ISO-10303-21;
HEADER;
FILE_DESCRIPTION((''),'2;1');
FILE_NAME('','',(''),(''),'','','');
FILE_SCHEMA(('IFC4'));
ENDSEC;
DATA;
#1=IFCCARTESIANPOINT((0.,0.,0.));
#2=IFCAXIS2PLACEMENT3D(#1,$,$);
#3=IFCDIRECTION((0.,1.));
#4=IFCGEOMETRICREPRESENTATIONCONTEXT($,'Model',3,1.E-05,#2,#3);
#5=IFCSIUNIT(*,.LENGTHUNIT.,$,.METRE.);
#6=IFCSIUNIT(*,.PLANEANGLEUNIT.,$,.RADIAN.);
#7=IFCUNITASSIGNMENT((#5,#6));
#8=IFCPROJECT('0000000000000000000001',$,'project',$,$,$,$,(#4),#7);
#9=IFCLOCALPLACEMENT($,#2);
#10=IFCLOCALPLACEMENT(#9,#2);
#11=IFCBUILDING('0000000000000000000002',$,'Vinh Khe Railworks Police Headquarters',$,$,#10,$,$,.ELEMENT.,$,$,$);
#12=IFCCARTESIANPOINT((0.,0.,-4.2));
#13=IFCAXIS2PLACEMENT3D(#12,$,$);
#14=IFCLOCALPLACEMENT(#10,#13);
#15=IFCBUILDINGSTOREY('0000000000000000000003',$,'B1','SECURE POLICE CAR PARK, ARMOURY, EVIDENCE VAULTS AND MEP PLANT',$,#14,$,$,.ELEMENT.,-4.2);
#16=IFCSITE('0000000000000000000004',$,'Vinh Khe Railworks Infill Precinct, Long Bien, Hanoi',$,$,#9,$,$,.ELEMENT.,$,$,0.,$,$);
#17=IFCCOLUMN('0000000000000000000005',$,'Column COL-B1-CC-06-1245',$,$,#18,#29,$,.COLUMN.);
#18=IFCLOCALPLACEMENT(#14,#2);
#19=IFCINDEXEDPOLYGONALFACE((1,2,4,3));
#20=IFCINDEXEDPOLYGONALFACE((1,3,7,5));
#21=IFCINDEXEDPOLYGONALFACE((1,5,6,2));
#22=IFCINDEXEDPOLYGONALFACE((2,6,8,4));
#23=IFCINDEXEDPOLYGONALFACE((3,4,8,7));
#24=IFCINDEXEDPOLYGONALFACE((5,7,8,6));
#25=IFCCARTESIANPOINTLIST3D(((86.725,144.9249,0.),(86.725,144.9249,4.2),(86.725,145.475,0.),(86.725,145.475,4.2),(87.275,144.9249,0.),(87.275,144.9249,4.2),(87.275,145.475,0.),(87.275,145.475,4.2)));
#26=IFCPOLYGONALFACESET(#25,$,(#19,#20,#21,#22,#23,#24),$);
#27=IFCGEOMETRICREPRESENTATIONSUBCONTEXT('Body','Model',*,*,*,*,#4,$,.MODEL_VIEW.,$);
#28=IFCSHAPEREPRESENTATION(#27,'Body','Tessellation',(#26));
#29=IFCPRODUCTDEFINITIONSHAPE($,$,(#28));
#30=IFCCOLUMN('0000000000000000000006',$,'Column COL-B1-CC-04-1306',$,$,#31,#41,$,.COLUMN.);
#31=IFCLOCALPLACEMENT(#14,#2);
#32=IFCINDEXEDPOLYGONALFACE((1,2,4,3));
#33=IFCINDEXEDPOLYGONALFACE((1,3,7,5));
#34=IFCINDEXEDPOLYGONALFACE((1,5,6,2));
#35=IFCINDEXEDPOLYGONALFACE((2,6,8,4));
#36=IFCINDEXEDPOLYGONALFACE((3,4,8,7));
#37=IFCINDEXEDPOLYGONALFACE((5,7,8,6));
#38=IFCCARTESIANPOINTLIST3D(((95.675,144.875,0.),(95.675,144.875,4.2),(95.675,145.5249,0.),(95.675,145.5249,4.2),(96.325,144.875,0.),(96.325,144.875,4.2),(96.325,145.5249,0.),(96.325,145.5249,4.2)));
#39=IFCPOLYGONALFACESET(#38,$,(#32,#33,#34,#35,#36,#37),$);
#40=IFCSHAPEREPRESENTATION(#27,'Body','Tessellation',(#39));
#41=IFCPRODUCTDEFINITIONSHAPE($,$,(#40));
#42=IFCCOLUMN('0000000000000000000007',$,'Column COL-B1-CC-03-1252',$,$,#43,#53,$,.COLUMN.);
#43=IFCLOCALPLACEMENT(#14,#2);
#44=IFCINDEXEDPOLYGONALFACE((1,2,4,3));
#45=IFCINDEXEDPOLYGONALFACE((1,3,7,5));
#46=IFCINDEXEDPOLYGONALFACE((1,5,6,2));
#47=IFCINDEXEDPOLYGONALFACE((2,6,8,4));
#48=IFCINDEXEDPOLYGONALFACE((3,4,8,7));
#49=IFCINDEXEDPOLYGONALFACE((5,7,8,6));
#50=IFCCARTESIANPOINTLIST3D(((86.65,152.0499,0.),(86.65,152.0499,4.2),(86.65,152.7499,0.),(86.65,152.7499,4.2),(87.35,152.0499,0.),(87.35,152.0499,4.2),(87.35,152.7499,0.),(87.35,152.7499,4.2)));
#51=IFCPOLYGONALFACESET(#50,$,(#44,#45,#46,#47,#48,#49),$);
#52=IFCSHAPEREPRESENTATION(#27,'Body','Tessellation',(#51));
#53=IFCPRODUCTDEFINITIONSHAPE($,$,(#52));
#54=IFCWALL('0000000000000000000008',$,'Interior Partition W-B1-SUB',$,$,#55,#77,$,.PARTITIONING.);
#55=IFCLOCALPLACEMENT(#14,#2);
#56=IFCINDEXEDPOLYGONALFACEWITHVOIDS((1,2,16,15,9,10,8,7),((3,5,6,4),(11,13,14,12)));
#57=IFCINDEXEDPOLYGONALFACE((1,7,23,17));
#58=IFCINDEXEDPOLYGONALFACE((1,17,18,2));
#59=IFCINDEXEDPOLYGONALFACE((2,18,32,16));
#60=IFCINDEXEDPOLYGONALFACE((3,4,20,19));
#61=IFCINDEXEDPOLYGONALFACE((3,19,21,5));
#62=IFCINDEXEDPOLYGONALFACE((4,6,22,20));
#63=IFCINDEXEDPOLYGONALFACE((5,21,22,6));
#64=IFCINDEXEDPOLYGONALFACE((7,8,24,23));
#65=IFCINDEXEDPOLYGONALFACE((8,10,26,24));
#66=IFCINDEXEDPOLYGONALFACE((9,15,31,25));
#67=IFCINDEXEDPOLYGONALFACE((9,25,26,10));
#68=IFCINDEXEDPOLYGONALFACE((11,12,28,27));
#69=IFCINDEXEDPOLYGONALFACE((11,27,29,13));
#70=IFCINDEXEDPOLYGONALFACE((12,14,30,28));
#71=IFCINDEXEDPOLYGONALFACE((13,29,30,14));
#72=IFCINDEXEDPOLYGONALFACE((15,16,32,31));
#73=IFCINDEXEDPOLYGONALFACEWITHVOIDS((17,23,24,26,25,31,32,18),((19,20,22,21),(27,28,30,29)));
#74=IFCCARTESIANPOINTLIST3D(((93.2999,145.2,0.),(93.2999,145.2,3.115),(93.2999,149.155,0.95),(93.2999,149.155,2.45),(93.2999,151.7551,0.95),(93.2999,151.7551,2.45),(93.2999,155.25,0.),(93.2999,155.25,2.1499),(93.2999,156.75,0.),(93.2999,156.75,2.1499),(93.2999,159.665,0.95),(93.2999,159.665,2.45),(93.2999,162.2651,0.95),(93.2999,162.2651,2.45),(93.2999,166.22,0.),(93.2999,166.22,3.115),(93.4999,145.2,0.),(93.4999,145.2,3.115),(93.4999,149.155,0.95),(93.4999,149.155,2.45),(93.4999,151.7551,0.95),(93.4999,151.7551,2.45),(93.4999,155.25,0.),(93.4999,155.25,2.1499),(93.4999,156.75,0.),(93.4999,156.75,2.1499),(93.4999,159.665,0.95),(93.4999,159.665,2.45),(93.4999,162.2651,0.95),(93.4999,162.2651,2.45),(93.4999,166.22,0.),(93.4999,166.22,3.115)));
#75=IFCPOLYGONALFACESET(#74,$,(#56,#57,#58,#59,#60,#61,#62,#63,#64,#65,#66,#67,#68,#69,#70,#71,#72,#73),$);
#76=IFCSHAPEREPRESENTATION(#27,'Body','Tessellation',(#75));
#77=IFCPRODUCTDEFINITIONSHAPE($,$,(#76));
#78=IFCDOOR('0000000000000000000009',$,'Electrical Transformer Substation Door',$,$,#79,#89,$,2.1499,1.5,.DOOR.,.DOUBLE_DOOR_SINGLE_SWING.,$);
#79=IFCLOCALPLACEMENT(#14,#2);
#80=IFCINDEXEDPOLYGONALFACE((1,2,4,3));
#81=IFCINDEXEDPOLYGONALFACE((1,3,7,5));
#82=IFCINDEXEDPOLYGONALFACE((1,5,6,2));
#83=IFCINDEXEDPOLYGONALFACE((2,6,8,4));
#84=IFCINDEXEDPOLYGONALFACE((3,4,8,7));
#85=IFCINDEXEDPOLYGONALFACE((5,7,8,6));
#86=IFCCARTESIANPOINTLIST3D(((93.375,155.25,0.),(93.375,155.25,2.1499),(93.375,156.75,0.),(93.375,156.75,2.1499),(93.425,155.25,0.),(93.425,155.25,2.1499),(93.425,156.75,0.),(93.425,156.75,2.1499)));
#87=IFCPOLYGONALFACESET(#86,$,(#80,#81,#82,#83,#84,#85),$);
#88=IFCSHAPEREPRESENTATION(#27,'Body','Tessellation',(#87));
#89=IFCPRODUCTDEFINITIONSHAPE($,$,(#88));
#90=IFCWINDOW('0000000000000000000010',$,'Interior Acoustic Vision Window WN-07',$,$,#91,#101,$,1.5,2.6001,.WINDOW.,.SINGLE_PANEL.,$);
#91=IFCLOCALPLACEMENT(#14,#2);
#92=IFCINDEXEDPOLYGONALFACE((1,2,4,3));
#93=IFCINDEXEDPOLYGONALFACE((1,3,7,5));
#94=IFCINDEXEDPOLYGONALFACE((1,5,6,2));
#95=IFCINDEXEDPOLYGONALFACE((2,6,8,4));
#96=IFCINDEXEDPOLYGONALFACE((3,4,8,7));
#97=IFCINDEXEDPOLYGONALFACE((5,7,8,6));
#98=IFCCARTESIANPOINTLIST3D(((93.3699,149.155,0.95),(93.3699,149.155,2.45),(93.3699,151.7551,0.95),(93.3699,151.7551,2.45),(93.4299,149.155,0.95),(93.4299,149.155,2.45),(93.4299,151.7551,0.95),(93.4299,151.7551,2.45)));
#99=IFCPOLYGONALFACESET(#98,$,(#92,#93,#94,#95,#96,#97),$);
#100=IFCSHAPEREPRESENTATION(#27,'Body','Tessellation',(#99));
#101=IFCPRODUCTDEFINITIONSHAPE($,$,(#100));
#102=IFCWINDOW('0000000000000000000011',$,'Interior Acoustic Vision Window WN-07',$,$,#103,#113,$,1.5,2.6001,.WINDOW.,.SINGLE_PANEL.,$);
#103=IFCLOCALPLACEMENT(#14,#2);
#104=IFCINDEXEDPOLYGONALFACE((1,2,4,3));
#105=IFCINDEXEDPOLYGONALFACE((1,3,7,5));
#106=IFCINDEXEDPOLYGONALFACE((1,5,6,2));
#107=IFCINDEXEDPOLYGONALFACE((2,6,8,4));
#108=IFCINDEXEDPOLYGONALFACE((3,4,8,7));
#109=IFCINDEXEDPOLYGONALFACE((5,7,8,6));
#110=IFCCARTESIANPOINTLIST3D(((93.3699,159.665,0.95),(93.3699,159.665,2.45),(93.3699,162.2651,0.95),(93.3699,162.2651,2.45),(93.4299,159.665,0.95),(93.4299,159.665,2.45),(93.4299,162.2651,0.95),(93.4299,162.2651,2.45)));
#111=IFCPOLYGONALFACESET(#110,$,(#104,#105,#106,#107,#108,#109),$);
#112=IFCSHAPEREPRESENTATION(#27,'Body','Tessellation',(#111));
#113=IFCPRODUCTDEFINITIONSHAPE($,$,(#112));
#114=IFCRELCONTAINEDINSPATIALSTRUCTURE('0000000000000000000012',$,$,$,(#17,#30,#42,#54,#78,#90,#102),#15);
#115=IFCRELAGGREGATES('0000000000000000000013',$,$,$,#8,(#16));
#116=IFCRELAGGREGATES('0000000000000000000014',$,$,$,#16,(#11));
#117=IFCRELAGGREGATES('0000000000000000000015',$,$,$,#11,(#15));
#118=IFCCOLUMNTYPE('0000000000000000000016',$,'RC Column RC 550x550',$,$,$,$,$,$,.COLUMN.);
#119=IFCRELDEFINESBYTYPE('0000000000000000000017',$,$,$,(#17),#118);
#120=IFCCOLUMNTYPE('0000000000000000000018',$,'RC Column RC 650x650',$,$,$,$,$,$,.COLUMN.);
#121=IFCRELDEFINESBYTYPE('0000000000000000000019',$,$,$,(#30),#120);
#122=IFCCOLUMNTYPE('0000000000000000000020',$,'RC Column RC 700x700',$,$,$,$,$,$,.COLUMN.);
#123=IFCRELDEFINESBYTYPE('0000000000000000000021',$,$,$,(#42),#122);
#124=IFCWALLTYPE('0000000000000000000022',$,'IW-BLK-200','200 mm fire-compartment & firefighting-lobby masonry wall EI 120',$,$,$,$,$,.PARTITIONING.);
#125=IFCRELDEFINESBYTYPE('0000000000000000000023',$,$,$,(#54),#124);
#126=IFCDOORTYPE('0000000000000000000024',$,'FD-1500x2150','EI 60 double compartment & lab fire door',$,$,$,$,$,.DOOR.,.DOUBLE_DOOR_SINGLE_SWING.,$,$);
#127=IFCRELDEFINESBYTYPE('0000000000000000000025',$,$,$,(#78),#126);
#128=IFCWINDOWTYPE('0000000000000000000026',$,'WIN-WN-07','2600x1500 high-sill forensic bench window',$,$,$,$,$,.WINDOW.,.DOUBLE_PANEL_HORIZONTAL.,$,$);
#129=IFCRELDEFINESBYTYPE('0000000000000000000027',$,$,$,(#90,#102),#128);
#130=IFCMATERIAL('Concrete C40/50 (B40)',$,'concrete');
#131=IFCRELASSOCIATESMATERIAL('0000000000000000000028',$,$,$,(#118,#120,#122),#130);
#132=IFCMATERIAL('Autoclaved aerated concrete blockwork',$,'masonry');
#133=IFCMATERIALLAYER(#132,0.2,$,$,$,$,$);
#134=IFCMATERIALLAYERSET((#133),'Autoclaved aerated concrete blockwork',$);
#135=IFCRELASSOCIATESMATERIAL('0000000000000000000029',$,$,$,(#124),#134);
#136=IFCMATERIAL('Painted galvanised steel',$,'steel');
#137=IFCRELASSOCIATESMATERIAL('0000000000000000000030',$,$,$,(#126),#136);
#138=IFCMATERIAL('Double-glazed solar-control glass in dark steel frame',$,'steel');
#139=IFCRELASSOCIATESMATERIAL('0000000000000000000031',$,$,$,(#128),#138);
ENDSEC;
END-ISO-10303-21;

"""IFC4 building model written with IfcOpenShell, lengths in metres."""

from ifc_helpers import new_model, si_unit, direction, frame, frame_2d, origin, origin_2d, place, context, subcontext, project, spatial, rectangle, extrude, material, layer, layer_set, material_profile, profile_set, type_object, element, fill, save


model = new_model("IFC4")

# Units and contexts
model_context = context("Model", 3, precision=1e-05, world=origin(), true_north=direction((0.0, 1.0)))
body_context = subcontext(model_context, "Body", "Model", "MODEL_VIEW")
ifc_project = project(units=[si_unit("LENGTHUNIT", "METRE"), si_unit("PLANEANGLEUNIT", "RADIAN")], contexts=[model_context])

# Site, building, storey
site_placement = place(None, origin())
site = spatial("IfcSite", under=ifc_project, at=site_placement, Name="Vinh Khe Railworks Infill Precinct, Long Bien, Hanoi", CompositionType="ELEMENT", RefElevation=0.0)
building_placement = place(site_placement, origin())
building = spatial("IfcBuilding", under=site, at=building_placement, Name="Vinh Khe Railworks Police Headquarters", CompositionType="ELEMENT")
storey_placement = place(building_placement, frame((0.0, 0.0, -4.2)))
storey = spatial("IfcBuildingStorey", under=building, at=storey_placement, Name="B1", Description="SECURE POLICE CAR PARK, ARMOURY, EVIDENCE VAULTS AND MEP PLANT", CompositionType="ELEMENT", Elevation=-4.2)

# Columns
ifc_material_1 = material(Name="Concrete C40/50 (B40)", Category="concrete")
ifc_material_profile_1 = material_profile(ifc_material_1, rectangle(XDim=0.55, YDim=0.55, at=origin_2d()), Name="RC 550x550")
ifc_profile_set_1 = profile_set([ifc_material_profile_1], Name="Concrete C40/50 (B40)")
column_type_1 = type_object("IfcColumnType", Name="RC Column RC 550x550", PredefinedType="COLUMN", material=ifc_profile_set_1)
column_1_placement = place(storey_placement, frame((87.0, 145.2, 0.0), z_axis=(0.0, 0.0, 1.0), x_axis=(1.0, 0.0, 0.0)))
element("IfcColumn", 1, at=column_1_placement, inside=storey, type_object=column_type_1, Name="Column COL-B1-CC-06-1245", PredefinedType="COLUMN", context=body_context, shape_type="SweptSolid", body=[
    extrude(rectangle(XDim=0.55, YDim=0.55, at=origin_2d()), origin(), (0.0, 0.0, 1.0), 4.2),
])
ifc_material_profile_2 = material_profile(ifc_material_1, rectangle(XDim=0.6499, YDim=0.6499, at=origin_2d()), Name="RC 650x650")
ifc_profile_set_2 = profile_set([ifc_material_profile_2], Name="Concrete C40/50 (B40)")
column_type_2 = type_object("IfcColumnType", Name="RC Column RC 650x650", PredefinedType="COLUMN", material=ifc_profile_set_2)
column_2_placement = place(storey_placement, frame((96.0, 145.2, 0.0), z_axis=(0.0, 0.0, 1.0), x_axis=(1.0, 0.0, 0.0)))
element("IfcColumn", 2, at=column_2_placement, inside=storey, type_object=column_type_2, Name="Column COL-B1-CC-04-1306", PredefinedType="COLUMN", context=body_context, shape_type="SweptSolid", body=[
    extrude(rectangle(XDim=0.6499, YDim=0.6499, at=origin_2d()), origin(), (0.0, 0.0, 1.0), 4.2),
])
ifc_material_profile_3 = material_profile(ifc_material_1, rectangle(XDim=0.7, YDim=0.7, at=origin_2d()), Name="RC 700x700")
ifc_profile_set_3 = profile_set([ifc_material_profile_3], Name="Concrete C40/50 (B40)")
column_type_3 = type_object("IfcColumnType", Name="RC Column RC 700x700", PredefinedType="COLUMN", material=ifc_profile_set_3)
column_3_placement = place(storey_placement, frame((87.0, 152.3999, 0.0), z_axis=(0.0, 0.0, 1.0), x_axis=(1.0, 0.0, 0.0)))
element("IfcColumn", 3, at=column_3_placement, inside=storey, type_object=column_type_3, Name="Column COL-B1-CC-03-1252", PredefinedType="COLUMN", context=body_context, shape_type="SweptSolid", body=[
    extrude(rectangle(XDim=0.7, YDim=0.7, at=origin_2d()), origin(), (0.0, 0.0, 1.0), 4.2),
])

# Wall, openings, door, windows
ifc_material_2 = material(Name="Autoclaved aerated concrete blockwork", Category="masonry")
ifc_layer = layer(ifc_material_2, 0.2)
ifc_layer_set = layer_set([ifc_layer], Name="Autoclaved aerated concrete blockwork")
wall_type = type_object("IfcWallType", Name="IW-BLK-200", Description="200 mm fire-compartment & firefighting-lobby masonry wall EI 120", PredefinedType="PARTITIONING", material=ifc_layer_set)
wall_placement = place(storey_placement, frame((93.3999, 145.2, 0.0), z_axis=(0.0, 0.0, 1.0), x_axis=(0.0, 1.0, 0.0)))
wall = element("IfcWall", 4, at=wall_placement, inside=storey, type_object=wall_type, Name="Interior Partition W-B1-SUB", PredefinedType="PARTITIONING", context=body_context, shape_type="SweptSolid", body=[
    extrude(rectangle(XDim=21.02, YDim=0.2, at=frame_2d((10.51, 0.0))), origin(), (0.0, 0.0, 1.0), 3.115),
])
opening_1_placement = place(wall_placement, frame((10.05, 0.0, 0.0)))
opening_1 = element("IfcOpeningElement", 5, at=opening_1_placement, cuts=wall, PredefinedType="OPENING", context=body_context, shape_type="SweptSolid", body=[
    extrude(rectangle(XDim=1.5, YDim=2.1499, at=frame_2d((0.75, 1.075))), frame((0.0, 0.1147, 0.0), z_axis=(0.0, -1.0, 0.0), x_axis=(1.0, 0.0, 0.0)), (0.0, 0.0, 1.0), 0.2297),
])
opening_2_placement = place(wall_placement, frame((3.9551, 0.0, 0.95)))
opening_2 = element("IfcOpeningElement", 6, at=opening_2_placement, cuts=wall, PredefinedType="OPENING", context=body_context, shape_type="SweptSolid", body=[
    extrude(rectangle(XDim=2.6001, YDim=1.5, at=frame_2d((1.3, 0.75))), frame((0.0, 0.1147, 0.0), z_axis=(0.0, -1.0, 0.0), x_axis=(1.0, 0.0, 0.0)), (0.0, 0.0, 1.0), 0.2297),
])
opening_3_placement = place(wall_placement, frame((14.4651, 0.0, 0.95)))
opening_3 = element("IfcOpeningElement", 7, at=opening_3_placement, cuts=wall, PredefinedType="OPENING", context=body_context, shape_type="SweptSolid", body=[
    extrude(rectangle(XDim=2.6001, YDim=1.5, at=frame_2d((1.3, 0.75))), frame((0.0, 0.1147, 0.0), z_axis=(0.0, -1.0, 0.0), x_axis=(1.0, 0.0, 0.0)), (0.0, 0.0, 1.0), 0.2297),
])
ifc_material_3 = material(Name="Painted galvanised steel", Category="steel")
door_type = type_object("IfcDoorType", Name="FD-1500x2150", Description="EI 60 double compartment & lab fire door", OperationType="DOUBLE_DOOR_SINGLE_SWING", PredefinedType="DOOR", material=ifc_material_3)
door_placement = place(opening_1_placement, origin())
door = element("IfcDoor", 8, at=door_placement, inside=storey, type_object=door_type, Name="Electrical Transformer Substation Door", OperationType="DOUBLE_DOOR_SINGLE_SWING", OverallHeight=2.1499, OverallWidth=1.5, PredefinedType="DOOR", context=body_context, shape_type="SweptSolid", body=[
    extrude(rectangle(XDim=1.5, YDim=2.1499, at=frame_2d((0.75, 1.075))), frame((0.0, 0.0249, 0.0), z_axis=(0.0, -1.0, 0.0), x_axis=(1.0, 0.0, 0.0)), (0.0, 0.0, 1.0), 0.05),
])
fill(opening_1, door)
ifc_material_4 = material(Name="Double-glazed solar-control glass in dark steel frame", Category="steel")
window_type = type_object("IfcWindowType", Name="WIN-WN-07", Description="2600x1500 high-sill forensic bench window", PartitioningType="DOUBLE_PANEL_HORIZONTAL", PredefinedType="WINDOW", material=ifc_material_4)
window_1_placement = place(opening_2_placement, origin())
window_1 = element("IfcWindow", 9, at=window_1_placement, inside=storey, type_object=window_type, Name="Interior Acoustic Vision Window WN-07", OverallHeight=1.5, OverallWidth=2.6001, PartitioningType="SINGLE_PANEL", PredefinedType="WINDOW", context=body_context, shape_type="SweptSolid", body=[
    extrude(rectangle(XDim=2.6001, YDim=1.5, at=frame_2d((1.3, 0.75))), frame((0.0, 0.03, 0.0), z_axis=(0.0, -1.0, 0.0), x_axis=(1.0, 0.0, 0.0)), (0.0, 0.0, 1.0), 0.0601),
])
fill(opening_2, window_1)
window_2_placement = place(opening_3_placement, origin())
window_2 = element("IfcWindow", 10, at=window_2_placement, inside=storey, type_object=window_type, Name="Interior Acoustic Vision Window WN-07", OverallHeight=1.5, OverallWidth=2.6001, PartitioningType="SINGLE_PANEL", PredefinedType="WINDOW", context=body_context, shape_type="SweptSolid", body=[
    extrude(rectangle(XDim=2.6001, YDim=1.5, at=frame_2d((1.3, 0.75))), frame((0.0, 0.03, 0.0), z_axis=(0.0, -1.0, 0.0), x_axis=(1.0, 0.0, 0.0)), (0.0, 0.0, 1.0), 0.0601),
])
fill(opening_3, window_2)

save(model, "model.ifc")
